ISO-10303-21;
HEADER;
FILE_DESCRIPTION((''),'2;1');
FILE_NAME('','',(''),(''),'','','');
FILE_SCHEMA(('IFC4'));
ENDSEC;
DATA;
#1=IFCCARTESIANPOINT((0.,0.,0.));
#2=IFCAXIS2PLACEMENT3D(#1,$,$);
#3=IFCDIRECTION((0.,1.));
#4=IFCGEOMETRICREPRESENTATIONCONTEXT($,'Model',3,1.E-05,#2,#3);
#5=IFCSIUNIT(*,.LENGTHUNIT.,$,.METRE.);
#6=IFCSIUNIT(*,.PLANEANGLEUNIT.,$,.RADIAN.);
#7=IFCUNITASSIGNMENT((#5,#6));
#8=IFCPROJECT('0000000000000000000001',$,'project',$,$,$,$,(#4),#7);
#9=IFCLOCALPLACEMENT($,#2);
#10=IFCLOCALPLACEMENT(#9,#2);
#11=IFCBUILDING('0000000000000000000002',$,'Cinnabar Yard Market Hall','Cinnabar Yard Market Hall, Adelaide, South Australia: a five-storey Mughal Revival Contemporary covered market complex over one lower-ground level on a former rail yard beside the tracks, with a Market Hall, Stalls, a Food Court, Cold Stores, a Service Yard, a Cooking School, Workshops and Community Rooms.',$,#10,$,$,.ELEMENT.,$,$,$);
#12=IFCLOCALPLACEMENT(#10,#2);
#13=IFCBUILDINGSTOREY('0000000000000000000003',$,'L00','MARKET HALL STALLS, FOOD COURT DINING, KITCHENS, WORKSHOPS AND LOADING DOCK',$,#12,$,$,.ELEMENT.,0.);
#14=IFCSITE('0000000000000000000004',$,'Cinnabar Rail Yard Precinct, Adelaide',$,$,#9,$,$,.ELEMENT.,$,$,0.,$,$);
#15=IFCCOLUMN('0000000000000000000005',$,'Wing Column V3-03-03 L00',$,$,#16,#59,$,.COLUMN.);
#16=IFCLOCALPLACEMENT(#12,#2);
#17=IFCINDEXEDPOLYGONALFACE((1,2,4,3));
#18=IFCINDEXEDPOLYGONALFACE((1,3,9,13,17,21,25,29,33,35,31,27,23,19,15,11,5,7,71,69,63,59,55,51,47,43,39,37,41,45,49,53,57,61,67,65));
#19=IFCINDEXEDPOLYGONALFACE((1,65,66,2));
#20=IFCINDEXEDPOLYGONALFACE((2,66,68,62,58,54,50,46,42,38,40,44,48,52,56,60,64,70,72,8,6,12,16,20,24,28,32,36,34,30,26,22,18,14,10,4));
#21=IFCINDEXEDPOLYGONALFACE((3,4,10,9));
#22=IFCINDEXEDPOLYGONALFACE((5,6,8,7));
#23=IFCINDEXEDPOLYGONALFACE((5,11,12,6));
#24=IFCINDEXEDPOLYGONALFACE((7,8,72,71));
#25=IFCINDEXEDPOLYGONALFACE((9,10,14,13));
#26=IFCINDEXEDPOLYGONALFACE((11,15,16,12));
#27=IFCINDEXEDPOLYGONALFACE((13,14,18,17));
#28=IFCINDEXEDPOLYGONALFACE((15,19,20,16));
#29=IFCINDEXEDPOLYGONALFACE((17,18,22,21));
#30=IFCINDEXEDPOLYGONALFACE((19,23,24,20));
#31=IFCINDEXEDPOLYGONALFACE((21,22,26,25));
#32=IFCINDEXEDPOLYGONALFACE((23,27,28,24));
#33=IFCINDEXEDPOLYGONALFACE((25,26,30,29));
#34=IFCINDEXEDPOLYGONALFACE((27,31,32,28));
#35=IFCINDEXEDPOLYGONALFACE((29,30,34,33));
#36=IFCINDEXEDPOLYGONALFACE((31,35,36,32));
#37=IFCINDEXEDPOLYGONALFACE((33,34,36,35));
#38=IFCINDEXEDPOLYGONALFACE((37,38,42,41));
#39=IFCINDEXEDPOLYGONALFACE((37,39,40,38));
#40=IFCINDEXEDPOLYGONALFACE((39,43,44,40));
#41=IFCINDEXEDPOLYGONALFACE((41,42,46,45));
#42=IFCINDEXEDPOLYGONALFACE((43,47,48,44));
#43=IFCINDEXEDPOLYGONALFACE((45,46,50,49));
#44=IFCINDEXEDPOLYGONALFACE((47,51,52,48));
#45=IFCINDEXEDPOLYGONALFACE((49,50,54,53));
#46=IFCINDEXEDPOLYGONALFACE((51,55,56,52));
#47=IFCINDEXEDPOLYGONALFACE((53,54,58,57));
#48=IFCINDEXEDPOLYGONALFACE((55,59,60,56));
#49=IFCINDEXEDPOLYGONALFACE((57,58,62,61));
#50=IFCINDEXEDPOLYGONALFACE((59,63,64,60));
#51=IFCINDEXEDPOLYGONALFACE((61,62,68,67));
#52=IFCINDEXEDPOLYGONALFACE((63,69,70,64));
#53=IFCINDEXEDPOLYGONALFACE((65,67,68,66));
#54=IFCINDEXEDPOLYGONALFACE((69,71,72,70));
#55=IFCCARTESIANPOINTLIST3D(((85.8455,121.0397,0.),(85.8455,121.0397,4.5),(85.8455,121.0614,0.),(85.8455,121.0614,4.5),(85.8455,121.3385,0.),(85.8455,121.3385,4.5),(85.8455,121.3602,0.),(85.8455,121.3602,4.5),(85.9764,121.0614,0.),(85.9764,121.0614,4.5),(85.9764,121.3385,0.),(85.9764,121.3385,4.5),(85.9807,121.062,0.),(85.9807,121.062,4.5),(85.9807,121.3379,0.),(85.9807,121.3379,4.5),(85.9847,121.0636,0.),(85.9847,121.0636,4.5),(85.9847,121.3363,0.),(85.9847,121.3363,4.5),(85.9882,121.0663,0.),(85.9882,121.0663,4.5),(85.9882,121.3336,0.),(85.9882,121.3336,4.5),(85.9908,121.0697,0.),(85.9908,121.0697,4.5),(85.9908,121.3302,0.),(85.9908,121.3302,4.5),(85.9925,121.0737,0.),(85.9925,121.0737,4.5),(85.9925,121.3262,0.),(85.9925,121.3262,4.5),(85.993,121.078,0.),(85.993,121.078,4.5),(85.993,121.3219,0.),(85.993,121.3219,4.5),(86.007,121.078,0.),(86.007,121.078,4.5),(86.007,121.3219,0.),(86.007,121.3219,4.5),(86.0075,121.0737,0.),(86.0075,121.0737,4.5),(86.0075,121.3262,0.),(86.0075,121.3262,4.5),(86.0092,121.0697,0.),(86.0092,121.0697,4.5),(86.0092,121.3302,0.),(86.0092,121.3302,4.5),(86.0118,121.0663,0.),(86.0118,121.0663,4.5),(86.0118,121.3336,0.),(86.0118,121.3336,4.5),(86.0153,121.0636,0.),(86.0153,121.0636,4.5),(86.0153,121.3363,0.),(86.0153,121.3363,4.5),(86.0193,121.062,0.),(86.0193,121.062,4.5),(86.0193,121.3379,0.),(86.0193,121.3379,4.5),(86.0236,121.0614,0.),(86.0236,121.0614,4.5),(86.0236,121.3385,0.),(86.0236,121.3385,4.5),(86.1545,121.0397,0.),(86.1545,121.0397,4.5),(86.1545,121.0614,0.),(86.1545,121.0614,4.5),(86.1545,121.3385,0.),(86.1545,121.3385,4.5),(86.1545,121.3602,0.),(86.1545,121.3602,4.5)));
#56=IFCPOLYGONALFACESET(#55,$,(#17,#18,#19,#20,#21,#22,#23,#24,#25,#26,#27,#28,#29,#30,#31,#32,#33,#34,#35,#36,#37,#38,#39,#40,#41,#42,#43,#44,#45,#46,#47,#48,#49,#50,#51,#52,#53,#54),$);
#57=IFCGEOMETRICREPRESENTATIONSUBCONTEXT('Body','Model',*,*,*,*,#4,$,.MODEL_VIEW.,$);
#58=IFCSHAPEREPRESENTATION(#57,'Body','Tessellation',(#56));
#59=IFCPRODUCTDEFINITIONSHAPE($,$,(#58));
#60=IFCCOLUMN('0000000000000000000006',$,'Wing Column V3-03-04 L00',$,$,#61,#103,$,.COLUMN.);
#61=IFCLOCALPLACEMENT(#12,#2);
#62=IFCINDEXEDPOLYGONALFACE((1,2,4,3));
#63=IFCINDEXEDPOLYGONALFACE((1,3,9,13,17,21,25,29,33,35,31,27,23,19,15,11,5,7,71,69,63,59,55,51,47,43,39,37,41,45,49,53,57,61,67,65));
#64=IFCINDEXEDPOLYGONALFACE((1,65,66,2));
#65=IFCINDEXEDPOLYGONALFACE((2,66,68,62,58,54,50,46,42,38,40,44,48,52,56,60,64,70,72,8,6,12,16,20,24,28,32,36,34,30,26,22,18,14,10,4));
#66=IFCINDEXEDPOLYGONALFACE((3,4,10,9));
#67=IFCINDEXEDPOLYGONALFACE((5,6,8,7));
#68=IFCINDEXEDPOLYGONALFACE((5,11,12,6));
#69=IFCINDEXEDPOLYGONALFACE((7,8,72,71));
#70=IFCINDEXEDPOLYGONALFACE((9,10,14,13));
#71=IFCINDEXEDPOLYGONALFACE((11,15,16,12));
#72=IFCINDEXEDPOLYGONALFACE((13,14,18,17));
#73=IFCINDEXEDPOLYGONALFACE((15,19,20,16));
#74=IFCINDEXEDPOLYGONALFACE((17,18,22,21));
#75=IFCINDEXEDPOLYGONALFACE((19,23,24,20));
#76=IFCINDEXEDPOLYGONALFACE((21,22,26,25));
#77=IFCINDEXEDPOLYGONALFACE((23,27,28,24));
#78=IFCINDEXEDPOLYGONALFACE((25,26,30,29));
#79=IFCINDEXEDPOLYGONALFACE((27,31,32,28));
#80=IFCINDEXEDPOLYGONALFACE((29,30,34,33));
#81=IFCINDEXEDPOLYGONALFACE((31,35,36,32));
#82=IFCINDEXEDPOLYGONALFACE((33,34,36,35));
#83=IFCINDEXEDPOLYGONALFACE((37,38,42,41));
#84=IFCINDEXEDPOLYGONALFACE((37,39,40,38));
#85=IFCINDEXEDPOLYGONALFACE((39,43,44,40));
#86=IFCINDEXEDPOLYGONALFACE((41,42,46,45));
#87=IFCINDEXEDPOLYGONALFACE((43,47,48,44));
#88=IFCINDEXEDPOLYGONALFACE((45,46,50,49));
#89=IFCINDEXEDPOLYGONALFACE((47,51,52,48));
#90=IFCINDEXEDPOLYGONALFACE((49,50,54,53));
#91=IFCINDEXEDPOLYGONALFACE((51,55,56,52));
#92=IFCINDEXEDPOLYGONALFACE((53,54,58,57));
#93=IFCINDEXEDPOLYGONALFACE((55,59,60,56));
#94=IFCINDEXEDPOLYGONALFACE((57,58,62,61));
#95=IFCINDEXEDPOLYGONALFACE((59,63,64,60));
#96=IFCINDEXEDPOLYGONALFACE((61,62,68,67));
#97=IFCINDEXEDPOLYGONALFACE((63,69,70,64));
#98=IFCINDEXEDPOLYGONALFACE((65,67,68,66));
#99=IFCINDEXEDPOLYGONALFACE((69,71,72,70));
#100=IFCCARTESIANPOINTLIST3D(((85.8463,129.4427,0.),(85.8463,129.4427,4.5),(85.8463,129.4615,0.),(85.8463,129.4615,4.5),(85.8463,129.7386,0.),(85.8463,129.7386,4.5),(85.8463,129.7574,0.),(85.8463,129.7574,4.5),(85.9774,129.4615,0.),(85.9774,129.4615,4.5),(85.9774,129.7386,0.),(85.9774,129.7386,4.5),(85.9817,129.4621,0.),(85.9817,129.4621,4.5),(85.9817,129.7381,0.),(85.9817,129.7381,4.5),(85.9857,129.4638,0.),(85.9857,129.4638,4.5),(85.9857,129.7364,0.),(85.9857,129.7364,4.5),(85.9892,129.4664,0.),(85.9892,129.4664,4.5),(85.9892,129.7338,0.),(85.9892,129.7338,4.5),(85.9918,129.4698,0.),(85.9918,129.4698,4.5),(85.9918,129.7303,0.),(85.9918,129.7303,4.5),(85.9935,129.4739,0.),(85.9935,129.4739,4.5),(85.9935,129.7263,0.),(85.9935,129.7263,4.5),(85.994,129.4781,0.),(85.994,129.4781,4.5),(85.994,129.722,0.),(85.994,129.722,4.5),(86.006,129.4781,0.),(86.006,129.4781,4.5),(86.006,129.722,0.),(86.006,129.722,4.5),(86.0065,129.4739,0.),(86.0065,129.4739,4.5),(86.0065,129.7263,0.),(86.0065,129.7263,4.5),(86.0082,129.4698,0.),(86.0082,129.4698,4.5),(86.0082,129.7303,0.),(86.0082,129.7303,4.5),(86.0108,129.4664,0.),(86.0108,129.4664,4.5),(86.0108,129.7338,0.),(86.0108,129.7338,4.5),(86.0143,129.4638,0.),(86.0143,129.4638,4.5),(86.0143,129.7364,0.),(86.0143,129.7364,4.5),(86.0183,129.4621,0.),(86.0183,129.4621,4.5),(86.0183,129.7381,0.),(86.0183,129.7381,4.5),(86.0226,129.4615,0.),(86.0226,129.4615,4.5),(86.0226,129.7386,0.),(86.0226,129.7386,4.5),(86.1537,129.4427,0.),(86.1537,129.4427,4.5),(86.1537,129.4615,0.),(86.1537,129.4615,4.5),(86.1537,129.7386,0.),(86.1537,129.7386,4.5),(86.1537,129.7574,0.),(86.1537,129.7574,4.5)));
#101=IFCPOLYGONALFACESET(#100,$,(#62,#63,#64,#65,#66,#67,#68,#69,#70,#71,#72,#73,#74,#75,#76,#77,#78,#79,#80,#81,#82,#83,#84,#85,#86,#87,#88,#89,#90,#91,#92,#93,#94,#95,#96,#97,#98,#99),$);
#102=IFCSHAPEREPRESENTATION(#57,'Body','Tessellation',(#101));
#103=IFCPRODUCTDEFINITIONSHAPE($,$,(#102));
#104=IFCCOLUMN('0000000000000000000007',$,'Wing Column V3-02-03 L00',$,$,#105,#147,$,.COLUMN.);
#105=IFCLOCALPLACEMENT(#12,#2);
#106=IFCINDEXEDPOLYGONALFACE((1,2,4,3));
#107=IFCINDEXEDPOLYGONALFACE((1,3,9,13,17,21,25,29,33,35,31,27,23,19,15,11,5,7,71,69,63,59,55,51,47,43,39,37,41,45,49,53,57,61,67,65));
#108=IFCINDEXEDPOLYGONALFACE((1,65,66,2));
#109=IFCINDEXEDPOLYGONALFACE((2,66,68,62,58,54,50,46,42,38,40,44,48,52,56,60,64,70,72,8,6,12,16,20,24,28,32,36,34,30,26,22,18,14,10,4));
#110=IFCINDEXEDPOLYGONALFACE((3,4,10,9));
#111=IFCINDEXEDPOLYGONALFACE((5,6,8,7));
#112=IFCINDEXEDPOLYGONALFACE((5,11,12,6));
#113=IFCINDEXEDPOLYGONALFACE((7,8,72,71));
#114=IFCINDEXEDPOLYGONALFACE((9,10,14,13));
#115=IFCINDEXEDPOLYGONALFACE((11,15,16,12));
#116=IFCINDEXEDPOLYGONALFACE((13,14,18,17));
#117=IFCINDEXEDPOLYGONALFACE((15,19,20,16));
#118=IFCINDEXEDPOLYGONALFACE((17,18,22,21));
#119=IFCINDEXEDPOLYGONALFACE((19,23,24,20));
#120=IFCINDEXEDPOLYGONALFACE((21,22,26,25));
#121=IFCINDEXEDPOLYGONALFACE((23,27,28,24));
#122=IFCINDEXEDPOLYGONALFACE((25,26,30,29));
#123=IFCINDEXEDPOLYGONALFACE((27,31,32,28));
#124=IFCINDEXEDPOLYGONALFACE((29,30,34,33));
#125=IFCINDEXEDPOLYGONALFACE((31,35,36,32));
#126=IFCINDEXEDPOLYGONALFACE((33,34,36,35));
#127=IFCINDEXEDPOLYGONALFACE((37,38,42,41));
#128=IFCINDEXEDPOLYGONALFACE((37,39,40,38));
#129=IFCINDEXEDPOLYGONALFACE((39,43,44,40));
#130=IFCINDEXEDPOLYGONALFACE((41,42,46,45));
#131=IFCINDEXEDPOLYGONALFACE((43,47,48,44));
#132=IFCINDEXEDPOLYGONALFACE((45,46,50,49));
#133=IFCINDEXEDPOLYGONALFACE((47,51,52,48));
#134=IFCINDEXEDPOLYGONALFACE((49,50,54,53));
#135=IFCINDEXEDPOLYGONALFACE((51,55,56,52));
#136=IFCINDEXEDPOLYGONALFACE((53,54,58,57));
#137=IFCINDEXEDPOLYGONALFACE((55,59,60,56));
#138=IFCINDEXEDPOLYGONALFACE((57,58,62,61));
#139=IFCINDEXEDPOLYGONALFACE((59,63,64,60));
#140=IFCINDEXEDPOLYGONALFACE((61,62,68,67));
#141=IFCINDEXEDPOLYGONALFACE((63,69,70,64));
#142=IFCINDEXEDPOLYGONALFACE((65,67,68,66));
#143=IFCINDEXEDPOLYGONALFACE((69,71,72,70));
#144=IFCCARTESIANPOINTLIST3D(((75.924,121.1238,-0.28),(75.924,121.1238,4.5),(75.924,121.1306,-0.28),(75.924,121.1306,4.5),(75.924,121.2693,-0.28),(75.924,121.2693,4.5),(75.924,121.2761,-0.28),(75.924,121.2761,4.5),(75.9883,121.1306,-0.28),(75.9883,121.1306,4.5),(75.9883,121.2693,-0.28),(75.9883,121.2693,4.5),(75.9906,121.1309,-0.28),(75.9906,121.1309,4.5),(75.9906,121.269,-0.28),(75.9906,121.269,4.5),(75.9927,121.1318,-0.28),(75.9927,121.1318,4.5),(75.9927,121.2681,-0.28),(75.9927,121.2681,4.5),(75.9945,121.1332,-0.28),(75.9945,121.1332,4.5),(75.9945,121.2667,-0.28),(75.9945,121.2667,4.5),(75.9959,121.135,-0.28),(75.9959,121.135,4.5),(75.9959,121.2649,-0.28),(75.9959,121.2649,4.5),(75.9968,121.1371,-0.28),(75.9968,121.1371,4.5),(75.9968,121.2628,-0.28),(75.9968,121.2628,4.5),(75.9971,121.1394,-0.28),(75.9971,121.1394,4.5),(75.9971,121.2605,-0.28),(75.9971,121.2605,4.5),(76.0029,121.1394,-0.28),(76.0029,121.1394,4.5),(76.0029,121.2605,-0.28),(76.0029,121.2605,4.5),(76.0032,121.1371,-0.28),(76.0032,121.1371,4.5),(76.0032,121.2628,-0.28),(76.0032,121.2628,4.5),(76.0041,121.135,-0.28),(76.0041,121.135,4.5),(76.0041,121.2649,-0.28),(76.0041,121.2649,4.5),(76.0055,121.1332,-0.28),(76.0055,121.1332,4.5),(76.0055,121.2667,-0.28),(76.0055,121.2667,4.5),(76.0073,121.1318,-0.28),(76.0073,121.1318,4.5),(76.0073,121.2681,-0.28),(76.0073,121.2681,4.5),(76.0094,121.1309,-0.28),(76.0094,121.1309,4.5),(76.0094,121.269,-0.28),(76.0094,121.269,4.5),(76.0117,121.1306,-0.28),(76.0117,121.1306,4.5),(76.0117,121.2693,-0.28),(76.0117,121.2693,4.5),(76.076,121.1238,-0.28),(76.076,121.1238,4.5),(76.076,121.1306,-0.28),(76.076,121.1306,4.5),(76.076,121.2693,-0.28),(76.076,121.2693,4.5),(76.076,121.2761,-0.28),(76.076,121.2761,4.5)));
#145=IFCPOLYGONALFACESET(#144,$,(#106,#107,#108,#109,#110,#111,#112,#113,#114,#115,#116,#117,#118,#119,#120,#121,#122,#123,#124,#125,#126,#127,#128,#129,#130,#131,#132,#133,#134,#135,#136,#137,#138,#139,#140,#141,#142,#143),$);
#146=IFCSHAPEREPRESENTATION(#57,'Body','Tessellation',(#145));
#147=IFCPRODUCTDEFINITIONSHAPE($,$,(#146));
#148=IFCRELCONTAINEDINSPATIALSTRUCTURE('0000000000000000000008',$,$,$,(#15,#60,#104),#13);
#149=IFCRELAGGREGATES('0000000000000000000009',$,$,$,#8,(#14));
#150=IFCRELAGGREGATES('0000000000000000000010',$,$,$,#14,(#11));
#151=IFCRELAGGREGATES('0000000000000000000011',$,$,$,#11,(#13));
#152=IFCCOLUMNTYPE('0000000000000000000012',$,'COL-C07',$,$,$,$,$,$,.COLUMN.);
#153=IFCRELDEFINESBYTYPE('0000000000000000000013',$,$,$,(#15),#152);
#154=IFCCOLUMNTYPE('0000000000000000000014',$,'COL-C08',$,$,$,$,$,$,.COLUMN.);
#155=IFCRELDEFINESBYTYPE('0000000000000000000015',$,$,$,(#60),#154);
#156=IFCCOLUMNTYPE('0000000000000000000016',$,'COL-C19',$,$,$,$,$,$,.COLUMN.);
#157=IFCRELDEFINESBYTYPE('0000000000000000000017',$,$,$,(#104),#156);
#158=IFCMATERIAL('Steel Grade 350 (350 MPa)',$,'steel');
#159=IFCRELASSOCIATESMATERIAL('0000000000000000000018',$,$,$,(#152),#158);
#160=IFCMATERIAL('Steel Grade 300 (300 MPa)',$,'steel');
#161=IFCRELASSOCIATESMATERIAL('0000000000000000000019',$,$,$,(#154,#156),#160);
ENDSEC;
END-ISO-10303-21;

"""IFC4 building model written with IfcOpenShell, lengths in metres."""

from ifc_helpers import new_model, si_unit, direction, frame, origin, origin_2d_with_axis, place, context, subcontext, project, spatial, i_section, extrude, material, material_profile, profile_set, type_object, element, save


model = new_model("IFC4")

# Units and contexts
model_context = context("Model", 3, precision=1e-05, world=origin(), true_north=direction((0.0, 1.0)))
body_context = subcontext(model_context, "Body", "Model", "MODEL_VIEW")
ifc_project = project(units=[si_unit("LENGTHUNIT", "METRE"), si_unit("PLANEANGLEUNIT", "RADIAN")], contexts=[model_context])

# Site, building, storey
site_placement = place(None, origin())
site = spatial("IfcSite", under=ifc_project, at=site_placement, Name="Cinnabar Rail Yard Precinct, Adelaide", CompositionType="ELEMENT", RefElevation=0.0)
building_placement = place(site_placement, origin())
building = spatial("IfcBuilding", under=site, at=building_placement, Name="Cinnabar Yard Market Hall", Description="Cinnabar Yard Market Hall, Adelaide, South Australia: a five-storey Mughal Revival Contemporary covered market complex over one lower-ground level on a former rail yard beside the tracks, with a Market Hall, Stalls, a Food Court, Cold Stores, a Service Yard, a Cooking School, Workshops and Community Rooms.", CompositionType="ELEMENT")
storey_placement = place(building_placement, origin())
storey = spatial("IfcBuildingStorey", under=building, at=storey_placement, Name="L00", Description="MARKET HALL STALLS, FOOD COURT DINING, KITCHENS, WORKSHOPS AND LOADING DOCK", CompositionType="ELEMENT", Elevation=0.0)

# Columns
ifc_material_1 = material(Name="Steel Grade 350 (350 MPa)", Category="steel")
ifc_material_profile_1 = material_profile(ifc_material_1, i_section(OverallWidth=0.3091, OverallDepth=0.3206, WebThickness=0.0139, FlangeThickness=0.0217, FilletRadius=0.0166, at=origin_2d_with_axis()), Name="310UC137")
ifc_profile_set_1 = profile_set([ifc_material_profile_1], Name="Steel Grade 350 (350 MPa)")
column_type_1 = type_object("IfcColumnType", Name="COL-C07", PredefinedType="COLUMN", material=ifc_profile_set_1)
column_1_placement = place(storey_placement, frame((86.0, 121.2, 0.0), z_axis=(0.0, 0.0, 1.0), x_axis=(1.0, 0.0, 0.0)))
element("IfcColumn", 1, at=column_1_placement, inside=storey, type_object=column_type_1, Name="Wing Column V3-03-03 L00", PredefinedType="COLUMN", context=body_context, shape_type="SweptSolid", body=[
    extrude(i_section(OverallWidth=0.3091, OverallDepth=0.3206, WebThickness=0.0139, FlangeThickness=0.0217, FilletRadius=0.0166, at=origin_2d_with_axis()), origin(), (0.0, 0.0, 1.0), 4.5),
])
ifc_material_2 = material(Name="Steel Grade 300 (300 MPa)", Category="steel")
ifc_material_profile_2 = material_profile(ifc_material_2, i_section(OverallWidth=0.3074, OverallDepth=0.3147, WebThickness=0.012, FlangeThickness=0.0188, FilletRadius=0.0166, at=origin_2d_with_axis()), Name="310UC118")
ifc_profile_set_2 = profile_set([ifc_material_profile_2], Name="Steel Grade 300 (300 MPa)")
column_type_2 = type_object("IfcColumnType", Name="COL-C08", PredefinedType="COLUMN", material=ifc_profile_set_2)
column_2_placement = place(storey_placement, frame((86.0, 129.6001, 0.0), z_axis=(0.0, 0.0, 1.0), x_axis=(1.0, 0.0, 0.0)))
element("IfcColumn", 2, at=column_2_placement, inside=storey, type_object=column_type_2, Name="Wing Column V3-03-04 L00", PredefinedType="COLUMN", context=body_context, shape_type="SweptSolid", body=[
    extrude(i_section(OverallWidth=0.3074, OverallDepth=0.3147, WebThickness=0.012, FlangeThickness=0.0188, FilletRadius=0.0166, at=origin_2d_with_axis()), origin(), (0.0, 0.0, 1.0), 4.5),
])
ifc_material_profile_3 = material_profile(ifc_material_2, i_section(OverallWidth=0.1521, OverallDepth=0.1523, WebThickness=0.0059, FlangeThickness=0.0068, FilletRadius=0.0088, at=origin_2d_with_axis()), Name="150UC23.4")
ifc_profile_set_3 = profile_set([ifc_material_profile_3], Name="Steel Grade 300 (300 MPa)")
column_type_3 = type_object("IfcColumnType", Name="COL-C19", PredefinedType="COLUMN", material=ifc_profile_set_3)
column_3_placement = place(storey_placement, frame((76.0, 121.2, -0.28), z_axis=(0.0, 0.0, 1.0), x_axis=(1.0, 0.0, 0.0)))
element("IfcColumn", 3, at=column_3_placement, inside=storey, type_object=column_type_3, Name="Wing Column V3-02-03 L00", PredefinedType="COLUMN", context=body_context, shape_type="SweptSolid", body=[
    extrude(i_section(OverallWidth=0.1521, OverallDepth=0.1523, WebThickness=0.0059, FlangeThickness=0.0068, FilletRadius=0.0088, at=origin_2d_with_axis()), origin(), (0.0, 0.0, 1.0), 4.78),
])

save(model, "model.ifc")
